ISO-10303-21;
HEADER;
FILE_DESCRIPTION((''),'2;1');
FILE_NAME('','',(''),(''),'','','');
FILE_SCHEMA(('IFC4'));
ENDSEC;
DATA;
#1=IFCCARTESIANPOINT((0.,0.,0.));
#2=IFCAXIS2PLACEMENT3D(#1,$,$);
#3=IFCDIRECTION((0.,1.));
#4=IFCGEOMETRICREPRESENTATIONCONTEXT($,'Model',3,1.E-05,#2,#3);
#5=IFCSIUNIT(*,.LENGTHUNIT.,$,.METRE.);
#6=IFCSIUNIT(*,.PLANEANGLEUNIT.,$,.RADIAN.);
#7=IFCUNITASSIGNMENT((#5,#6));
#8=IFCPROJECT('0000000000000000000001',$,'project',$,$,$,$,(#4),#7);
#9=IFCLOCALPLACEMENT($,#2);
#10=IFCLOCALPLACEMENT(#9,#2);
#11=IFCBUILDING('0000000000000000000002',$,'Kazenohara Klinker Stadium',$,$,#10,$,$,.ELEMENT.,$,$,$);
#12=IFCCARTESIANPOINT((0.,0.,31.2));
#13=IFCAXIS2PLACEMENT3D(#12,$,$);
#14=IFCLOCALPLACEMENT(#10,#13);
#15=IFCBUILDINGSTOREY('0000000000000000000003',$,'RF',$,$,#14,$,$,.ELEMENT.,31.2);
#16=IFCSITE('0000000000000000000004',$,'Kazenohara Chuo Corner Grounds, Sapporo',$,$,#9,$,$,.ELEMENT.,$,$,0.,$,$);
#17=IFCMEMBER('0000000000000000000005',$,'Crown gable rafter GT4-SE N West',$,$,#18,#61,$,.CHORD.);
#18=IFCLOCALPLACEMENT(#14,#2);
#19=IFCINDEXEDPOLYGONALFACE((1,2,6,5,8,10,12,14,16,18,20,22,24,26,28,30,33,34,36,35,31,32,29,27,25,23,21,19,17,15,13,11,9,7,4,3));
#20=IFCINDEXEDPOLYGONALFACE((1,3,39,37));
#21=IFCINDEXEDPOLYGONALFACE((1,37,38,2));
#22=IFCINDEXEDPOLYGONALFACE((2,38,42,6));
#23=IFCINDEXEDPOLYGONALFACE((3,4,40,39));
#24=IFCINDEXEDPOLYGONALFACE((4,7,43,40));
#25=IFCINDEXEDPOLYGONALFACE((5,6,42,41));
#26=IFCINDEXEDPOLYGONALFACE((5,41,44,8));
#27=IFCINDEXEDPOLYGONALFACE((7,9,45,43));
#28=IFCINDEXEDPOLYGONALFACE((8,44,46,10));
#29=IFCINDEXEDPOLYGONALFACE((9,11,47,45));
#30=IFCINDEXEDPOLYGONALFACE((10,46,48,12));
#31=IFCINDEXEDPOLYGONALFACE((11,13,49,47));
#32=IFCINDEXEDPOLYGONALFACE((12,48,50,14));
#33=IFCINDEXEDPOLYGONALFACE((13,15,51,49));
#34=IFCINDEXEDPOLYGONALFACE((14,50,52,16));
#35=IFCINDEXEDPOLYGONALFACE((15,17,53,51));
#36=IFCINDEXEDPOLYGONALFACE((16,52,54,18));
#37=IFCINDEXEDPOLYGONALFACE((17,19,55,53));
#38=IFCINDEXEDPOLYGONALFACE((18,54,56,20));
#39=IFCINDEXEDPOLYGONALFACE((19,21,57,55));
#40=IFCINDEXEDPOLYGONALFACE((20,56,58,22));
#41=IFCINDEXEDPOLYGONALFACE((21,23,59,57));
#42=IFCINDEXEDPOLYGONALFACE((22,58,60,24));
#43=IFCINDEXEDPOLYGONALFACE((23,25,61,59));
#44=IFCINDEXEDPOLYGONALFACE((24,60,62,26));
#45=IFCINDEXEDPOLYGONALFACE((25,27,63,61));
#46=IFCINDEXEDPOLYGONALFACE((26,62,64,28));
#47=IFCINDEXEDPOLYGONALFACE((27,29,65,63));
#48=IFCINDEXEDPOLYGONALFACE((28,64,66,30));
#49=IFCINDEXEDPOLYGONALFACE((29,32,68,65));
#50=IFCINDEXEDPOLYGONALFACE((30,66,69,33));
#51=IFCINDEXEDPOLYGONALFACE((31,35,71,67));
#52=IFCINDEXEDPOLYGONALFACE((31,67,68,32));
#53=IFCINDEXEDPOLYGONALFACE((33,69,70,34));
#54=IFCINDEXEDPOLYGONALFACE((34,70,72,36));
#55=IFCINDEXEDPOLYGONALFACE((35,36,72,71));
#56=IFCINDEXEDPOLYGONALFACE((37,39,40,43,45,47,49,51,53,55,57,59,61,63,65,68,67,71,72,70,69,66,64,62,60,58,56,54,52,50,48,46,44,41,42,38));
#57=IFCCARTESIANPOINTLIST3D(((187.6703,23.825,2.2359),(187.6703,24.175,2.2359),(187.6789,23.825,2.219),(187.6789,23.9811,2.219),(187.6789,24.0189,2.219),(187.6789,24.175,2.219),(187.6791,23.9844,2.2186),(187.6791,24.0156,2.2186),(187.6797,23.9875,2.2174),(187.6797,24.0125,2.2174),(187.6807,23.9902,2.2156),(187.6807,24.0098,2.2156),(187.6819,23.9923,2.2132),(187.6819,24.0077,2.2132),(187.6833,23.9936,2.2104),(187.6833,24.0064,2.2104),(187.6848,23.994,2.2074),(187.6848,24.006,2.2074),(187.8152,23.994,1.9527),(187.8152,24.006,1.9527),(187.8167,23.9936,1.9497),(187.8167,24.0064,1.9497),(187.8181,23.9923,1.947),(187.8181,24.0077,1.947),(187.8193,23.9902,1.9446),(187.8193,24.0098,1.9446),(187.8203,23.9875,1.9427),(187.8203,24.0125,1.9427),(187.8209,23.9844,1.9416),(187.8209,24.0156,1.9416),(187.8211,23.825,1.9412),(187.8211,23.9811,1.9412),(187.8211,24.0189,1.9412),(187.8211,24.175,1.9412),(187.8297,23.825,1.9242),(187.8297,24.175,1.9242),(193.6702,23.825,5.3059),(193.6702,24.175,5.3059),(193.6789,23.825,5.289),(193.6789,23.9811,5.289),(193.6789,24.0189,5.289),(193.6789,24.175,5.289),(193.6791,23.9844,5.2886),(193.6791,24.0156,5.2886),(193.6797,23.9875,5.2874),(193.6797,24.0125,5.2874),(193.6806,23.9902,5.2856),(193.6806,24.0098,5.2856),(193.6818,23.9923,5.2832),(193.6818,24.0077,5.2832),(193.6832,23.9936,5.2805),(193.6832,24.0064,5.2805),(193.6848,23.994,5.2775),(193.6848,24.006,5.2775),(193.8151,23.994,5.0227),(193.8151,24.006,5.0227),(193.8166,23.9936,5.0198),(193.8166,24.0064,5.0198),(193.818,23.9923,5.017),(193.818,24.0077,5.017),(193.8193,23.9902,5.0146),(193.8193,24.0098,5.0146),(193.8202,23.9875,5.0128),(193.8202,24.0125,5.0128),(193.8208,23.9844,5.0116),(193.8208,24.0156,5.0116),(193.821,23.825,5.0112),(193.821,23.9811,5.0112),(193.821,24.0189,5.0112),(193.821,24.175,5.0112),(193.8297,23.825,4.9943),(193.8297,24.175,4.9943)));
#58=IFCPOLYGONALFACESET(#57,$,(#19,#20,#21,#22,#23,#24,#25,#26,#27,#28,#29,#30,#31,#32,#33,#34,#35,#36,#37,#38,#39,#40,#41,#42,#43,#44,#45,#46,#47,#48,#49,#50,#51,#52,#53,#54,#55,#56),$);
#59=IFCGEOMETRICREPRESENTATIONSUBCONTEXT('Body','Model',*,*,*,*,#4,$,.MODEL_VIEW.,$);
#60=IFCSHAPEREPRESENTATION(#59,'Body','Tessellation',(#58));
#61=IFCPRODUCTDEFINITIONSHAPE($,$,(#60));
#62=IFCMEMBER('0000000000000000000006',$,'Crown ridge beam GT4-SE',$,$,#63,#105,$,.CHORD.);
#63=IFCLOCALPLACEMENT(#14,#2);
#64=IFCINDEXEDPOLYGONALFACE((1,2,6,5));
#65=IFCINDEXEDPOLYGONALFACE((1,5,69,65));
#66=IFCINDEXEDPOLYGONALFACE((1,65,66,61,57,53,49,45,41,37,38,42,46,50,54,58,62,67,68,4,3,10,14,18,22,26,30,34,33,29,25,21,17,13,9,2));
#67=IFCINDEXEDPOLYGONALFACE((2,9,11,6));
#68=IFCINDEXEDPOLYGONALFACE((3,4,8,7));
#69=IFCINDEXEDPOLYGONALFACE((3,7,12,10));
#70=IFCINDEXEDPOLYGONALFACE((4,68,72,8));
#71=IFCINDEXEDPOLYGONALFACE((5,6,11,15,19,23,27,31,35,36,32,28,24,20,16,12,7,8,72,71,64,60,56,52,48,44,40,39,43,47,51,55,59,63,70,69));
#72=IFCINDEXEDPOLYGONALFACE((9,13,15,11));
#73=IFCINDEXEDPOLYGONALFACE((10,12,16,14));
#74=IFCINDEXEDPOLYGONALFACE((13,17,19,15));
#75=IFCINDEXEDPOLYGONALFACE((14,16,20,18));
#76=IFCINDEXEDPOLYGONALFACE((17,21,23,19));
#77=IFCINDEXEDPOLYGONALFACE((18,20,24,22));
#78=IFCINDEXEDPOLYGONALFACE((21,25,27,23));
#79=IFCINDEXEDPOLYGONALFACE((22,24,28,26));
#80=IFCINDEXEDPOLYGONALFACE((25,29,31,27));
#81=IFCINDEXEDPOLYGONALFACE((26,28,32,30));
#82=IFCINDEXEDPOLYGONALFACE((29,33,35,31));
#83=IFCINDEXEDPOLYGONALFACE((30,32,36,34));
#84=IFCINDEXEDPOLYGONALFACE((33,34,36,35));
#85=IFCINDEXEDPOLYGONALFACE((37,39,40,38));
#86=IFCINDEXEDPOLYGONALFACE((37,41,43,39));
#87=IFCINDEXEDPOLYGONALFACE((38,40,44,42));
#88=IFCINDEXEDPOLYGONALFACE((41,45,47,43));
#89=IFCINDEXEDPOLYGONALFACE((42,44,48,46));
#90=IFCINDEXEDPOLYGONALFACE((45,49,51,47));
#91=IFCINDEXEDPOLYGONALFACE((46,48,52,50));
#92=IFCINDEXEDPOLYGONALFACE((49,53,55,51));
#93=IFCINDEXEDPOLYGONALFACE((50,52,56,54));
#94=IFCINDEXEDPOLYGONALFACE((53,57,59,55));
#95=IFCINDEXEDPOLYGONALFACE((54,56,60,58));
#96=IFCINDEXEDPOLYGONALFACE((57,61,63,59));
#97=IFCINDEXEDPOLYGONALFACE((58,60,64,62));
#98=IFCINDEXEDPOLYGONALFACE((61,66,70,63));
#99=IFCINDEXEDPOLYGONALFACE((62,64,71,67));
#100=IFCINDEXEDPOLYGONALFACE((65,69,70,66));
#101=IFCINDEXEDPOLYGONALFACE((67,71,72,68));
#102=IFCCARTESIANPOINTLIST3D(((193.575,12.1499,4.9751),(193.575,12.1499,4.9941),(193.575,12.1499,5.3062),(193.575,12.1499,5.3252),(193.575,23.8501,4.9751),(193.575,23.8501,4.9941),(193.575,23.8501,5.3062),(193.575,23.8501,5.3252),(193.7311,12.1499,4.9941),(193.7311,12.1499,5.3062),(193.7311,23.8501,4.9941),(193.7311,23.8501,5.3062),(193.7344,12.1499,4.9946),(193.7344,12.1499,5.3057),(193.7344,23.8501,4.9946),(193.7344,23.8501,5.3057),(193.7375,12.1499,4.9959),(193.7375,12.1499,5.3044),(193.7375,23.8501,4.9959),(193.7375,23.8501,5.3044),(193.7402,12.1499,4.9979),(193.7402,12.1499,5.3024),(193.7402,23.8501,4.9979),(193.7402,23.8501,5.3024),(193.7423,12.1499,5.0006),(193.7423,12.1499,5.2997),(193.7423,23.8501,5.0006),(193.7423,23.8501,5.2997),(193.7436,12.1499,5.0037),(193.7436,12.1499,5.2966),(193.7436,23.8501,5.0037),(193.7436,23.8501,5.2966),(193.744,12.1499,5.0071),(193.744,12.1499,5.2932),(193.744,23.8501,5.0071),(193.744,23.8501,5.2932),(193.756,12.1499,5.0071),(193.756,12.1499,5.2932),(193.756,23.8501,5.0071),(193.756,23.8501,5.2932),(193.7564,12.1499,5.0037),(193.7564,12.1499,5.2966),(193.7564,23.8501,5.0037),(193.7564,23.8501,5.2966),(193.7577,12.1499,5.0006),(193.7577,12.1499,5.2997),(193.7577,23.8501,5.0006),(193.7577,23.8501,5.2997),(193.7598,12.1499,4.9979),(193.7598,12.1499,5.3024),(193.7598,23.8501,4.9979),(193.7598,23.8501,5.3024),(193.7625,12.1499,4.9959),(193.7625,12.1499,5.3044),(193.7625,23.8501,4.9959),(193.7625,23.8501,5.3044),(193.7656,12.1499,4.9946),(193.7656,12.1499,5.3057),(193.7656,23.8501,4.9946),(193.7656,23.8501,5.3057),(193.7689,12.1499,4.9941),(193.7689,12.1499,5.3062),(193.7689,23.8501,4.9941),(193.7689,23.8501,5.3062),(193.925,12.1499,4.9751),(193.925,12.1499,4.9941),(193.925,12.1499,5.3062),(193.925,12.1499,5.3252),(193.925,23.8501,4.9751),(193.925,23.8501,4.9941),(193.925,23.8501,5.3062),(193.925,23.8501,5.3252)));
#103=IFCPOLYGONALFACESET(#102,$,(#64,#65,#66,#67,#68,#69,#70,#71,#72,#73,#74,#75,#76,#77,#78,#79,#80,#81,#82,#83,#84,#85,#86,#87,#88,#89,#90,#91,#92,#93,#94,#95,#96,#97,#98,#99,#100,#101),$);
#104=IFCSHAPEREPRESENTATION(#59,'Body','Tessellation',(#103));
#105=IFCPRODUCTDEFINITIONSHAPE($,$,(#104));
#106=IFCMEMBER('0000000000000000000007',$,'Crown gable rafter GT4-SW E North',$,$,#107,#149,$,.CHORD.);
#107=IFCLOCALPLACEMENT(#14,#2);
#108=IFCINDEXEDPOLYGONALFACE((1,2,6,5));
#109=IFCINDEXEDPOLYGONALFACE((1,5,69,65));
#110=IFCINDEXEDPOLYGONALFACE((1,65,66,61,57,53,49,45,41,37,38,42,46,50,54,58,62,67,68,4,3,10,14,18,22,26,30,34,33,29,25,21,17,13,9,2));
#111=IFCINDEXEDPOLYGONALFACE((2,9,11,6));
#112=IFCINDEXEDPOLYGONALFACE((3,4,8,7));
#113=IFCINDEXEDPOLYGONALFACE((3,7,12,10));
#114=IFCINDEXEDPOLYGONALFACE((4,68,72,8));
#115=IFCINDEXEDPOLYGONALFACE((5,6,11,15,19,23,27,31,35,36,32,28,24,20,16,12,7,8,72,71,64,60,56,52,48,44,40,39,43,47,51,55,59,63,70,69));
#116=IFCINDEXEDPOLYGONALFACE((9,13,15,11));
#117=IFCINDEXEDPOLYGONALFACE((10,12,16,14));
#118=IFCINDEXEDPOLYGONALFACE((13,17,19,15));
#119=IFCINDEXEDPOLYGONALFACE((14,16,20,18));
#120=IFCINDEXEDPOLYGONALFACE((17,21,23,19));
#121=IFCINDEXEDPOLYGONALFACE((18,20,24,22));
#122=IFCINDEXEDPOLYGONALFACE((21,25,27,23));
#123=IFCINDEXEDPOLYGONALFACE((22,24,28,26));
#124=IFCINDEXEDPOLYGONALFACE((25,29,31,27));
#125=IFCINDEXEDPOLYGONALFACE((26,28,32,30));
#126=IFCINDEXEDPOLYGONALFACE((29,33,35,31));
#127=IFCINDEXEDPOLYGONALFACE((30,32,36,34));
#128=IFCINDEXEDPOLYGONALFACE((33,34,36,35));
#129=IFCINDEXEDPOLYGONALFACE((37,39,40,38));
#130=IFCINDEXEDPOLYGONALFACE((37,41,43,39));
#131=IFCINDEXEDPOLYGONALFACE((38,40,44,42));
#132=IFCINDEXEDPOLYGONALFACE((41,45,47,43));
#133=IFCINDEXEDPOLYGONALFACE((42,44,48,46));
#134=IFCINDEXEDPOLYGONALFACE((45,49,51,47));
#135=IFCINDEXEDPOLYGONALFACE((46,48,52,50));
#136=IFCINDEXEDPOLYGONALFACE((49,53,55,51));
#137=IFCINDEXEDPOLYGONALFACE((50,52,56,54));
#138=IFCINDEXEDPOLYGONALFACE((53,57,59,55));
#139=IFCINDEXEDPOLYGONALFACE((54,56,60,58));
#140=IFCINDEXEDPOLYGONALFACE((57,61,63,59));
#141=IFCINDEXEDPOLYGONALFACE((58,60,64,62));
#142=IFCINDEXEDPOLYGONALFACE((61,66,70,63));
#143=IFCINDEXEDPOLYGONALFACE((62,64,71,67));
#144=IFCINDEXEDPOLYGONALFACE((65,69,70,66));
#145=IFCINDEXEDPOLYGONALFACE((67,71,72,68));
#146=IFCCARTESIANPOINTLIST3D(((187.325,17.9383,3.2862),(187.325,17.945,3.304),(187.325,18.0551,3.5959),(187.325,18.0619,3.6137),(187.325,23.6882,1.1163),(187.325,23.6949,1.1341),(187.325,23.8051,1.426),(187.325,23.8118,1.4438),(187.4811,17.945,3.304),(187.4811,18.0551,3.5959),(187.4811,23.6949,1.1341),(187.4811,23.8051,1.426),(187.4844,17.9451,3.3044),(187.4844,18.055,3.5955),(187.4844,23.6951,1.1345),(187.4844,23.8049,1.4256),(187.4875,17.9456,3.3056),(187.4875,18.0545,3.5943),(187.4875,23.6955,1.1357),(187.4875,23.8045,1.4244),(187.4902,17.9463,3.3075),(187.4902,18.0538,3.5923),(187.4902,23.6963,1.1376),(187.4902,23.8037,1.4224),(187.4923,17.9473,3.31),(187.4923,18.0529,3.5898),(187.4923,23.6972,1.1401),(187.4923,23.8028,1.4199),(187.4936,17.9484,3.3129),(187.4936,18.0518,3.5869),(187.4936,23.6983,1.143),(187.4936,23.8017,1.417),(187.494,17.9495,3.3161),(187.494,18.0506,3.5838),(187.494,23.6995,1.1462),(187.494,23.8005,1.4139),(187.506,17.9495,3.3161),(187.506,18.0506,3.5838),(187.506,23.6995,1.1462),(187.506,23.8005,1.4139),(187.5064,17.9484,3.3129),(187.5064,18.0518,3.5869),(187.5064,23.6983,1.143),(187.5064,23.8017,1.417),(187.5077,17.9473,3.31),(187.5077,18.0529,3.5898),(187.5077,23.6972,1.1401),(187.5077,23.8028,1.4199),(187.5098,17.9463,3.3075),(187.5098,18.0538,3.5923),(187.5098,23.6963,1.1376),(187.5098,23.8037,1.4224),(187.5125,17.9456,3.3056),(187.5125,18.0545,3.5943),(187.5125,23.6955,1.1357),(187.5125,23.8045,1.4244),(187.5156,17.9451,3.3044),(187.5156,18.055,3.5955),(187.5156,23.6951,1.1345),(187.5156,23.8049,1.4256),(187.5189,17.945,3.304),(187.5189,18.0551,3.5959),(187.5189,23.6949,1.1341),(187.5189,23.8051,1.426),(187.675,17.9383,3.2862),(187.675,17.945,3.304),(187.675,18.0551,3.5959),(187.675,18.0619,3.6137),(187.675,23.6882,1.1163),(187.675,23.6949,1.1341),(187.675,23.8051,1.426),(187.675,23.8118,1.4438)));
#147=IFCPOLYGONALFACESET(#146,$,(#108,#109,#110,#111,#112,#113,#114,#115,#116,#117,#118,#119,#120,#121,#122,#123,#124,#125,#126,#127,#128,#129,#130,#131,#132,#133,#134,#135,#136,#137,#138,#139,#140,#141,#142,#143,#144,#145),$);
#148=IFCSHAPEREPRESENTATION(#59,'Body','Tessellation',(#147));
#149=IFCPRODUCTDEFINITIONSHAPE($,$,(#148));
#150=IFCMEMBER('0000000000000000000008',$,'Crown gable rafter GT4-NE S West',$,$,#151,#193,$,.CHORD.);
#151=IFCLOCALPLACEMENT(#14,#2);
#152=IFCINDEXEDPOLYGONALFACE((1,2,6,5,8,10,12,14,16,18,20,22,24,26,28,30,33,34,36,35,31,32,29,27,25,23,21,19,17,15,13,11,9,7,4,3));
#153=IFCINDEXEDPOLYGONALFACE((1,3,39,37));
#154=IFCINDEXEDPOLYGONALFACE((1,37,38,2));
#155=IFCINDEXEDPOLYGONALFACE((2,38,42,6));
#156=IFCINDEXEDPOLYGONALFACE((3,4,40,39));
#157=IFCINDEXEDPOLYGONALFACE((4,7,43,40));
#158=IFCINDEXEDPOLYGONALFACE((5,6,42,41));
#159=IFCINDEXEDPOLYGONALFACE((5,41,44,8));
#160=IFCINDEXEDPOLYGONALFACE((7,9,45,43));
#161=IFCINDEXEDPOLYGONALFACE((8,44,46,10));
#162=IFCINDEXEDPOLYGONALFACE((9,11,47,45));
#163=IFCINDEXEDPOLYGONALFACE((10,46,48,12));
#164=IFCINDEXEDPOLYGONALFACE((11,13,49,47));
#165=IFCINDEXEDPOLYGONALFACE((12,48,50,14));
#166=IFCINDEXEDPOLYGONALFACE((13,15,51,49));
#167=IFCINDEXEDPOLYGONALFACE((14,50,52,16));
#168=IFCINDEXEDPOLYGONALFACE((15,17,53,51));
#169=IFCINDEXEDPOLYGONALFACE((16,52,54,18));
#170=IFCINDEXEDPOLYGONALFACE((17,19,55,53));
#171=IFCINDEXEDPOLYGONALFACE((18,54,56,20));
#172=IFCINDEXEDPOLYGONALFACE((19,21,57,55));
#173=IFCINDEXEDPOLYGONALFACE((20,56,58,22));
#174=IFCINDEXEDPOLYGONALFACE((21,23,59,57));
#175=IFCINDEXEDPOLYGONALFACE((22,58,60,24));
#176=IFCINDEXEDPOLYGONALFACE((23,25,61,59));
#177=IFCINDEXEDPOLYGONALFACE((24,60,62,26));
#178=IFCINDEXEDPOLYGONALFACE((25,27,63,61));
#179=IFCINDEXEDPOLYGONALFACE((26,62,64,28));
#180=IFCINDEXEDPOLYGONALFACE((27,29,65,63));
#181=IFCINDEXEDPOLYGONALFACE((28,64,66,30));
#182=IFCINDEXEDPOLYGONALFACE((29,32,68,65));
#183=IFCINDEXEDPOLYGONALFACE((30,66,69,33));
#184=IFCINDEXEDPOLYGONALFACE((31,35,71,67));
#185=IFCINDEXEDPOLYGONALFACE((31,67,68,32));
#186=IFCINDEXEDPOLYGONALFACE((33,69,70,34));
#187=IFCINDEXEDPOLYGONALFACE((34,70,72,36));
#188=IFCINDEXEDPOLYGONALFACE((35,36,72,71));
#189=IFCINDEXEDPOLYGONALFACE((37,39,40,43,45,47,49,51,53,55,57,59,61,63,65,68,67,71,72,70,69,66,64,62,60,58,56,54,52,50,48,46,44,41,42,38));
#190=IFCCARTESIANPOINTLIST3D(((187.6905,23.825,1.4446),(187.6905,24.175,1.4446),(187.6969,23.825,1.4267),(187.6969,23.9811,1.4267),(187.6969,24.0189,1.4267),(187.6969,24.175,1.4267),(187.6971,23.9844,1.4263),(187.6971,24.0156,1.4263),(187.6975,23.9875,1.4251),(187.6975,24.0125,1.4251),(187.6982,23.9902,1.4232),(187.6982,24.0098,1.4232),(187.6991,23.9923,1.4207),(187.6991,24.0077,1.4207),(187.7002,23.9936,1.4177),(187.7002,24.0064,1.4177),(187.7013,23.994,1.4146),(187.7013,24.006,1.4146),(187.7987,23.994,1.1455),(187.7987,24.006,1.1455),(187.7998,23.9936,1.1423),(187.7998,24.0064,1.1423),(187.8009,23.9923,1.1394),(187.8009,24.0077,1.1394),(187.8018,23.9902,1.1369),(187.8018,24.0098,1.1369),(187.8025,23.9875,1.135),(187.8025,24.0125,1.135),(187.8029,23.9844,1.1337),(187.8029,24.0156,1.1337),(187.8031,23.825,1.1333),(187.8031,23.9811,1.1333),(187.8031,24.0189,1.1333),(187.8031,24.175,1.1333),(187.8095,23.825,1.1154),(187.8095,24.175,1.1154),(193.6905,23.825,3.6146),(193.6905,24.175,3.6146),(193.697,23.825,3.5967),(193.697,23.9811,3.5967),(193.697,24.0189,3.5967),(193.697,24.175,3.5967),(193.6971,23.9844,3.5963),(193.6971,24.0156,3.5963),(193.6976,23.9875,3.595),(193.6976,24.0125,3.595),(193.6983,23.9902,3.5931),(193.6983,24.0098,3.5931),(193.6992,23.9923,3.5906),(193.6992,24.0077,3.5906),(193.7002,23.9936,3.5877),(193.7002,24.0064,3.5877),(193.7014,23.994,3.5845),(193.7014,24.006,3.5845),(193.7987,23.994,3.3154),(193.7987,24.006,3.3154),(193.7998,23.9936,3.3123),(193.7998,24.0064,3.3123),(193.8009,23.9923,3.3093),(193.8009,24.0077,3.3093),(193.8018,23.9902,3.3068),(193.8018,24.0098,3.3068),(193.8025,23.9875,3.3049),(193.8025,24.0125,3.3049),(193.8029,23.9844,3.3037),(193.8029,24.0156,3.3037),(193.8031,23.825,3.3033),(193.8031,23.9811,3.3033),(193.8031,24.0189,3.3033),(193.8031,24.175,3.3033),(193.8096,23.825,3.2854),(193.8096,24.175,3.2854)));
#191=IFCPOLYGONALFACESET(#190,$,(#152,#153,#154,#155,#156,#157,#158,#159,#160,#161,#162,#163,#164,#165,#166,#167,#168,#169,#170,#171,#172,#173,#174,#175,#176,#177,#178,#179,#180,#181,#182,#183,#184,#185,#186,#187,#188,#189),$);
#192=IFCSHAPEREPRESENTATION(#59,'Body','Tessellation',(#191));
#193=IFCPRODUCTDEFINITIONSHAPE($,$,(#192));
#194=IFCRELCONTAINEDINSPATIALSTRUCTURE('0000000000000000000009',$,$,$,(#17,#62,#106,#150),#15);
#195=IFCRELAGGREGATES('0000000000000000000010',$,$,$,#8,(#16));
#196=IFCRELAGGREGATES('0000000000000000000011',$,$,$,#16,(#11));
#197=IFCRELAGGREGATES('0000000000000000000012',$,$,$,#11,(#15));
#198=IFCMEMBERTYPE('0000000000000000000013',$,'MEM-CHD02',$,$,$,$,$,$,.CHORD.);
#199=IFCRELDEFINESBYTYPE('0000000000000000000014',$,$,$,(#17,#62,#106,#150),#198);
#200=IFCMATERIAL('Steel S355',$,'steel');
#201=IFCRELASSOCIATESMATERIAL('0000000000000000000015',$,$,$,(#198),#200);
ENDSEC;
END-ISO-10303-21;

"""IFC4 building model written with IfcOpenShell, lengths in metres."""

from ifc_helpers import new_model, si_unit, direction, frame, origin, origin_2d, place, context, subcontext, project, spatial, i_section, extrude, material, material_profile, profile_set, type_object, element, save


model = new_model("IFC4")

# Units and contexts
model_context = context("Model", 3, precision=1e-05, world=origin(), true_north=direction((0.0, 1.0)))
body_context = subcontext(model_context, "Body", "Model", "MODEL_VIEW")
ifc_project = project(units=[si_unit("LENGTHUNIT", "METRE"), si_unit("PLANEANGLEUNIT", "RADIAN")], contexts=[model_context])

# Site, building, storey
site_placement = place(None, origin())
site = spatial("IfcSite", under=ifc_project, at=site_placement, Name="Kazenohara Chuo Corner Grounds, Sapporo", CompositionType="ELEMENT", RefElevation=0.0)
building_placement = place(site_placement, origin())
building = spatial("IfcBuilding", under=site, at=building_placement, Name="Kazenohara Klinker Stadium", CompositionType="ELEMENT")
storey_placement = place(building_placement, frame((0.0, 0.0, 31.2)))
storey = spatial("IfcBuildingStorey", under=building, at=storey_placement, Name="RF", CompositionType="ELEMENT", Elevation=31.2)

# Members
ifc_material_1 = material(Name="Steel S355", Category="steel")
ifc_material_profile_1 = material_profile(ifc_material_1, i_section(OverallWidth=0.3501, OverallDepth=0.3501, WebThickness=0.012, FlangeThickness=0.019, FilletRadius=0.0129, at=origin_2d()), Name="H-350x350x12x19")
ifc_profile_set_1 = profile_set([ifc_material_profile_1], Name="Steel S355")
member_type_1 = type_object("IfcMemberType", Name="MEM-CHD02", PredefinedType="CHORD", material=ifc_profile_set_1)
for number, where, z_axis, x_axis, name in (
    (1, (187.75, 24.0, 2.0801), (0.89023, 0.0, 0.455511), (0.0, 1.0, 0.0), "Crown gable rafter GT4-SE N West"),
):
    element("IfcMember", number, at=place(storey_placement, frame(where, z_axis=z_axis, x_axis=x_axis)), inside=storey, type_object=member_type_1, Name=name, PredefinedType="CHORD", context=body_context, shape_type="SweptSolid", body=[
        extrude(i_section(OverallWidth=0.3501, OverallDepth=0.3501, WebThickness=0.012, FlangeThickness=0.019, FilletRadius=0.0129, at=origin_2d()), origin(), (0.0, 0.0, 1.0), 6.7397),
    ])
member_1_placement = place(storey_placement, frame((193.75, 12.1499, 5.1501), z_axis=(0.0, 1.0, 0.0), x_axis=(-1.0, 0.0, 0.0)))
element("IfcMember", 2, at=member_1_placement, inside=storey, type_object=member_type_1, Name="Crown ridge beam GT4-SE", PredefinedType="CHORD", context=body_context, shape_type="SweptSolid", body=[
    extrude(i_section(OverallWidth=0.3501, OverallDepth=0.3501, WebThickness=0.012, FlangeThickness=0.019, FilletRadius=0.0129, at=origin_2d()), origin(), (0.0, 0.0, 1.0), 11.7002),
])
member_2_placement = place(storey_placement, frame((187.5, 23.75, 1.28), z_axis=(0.0, -0.935596, 0.353073), x_axis=(1.0, 0.0, 0.0)))
element("IfcMember", 3, at=member_2_placement, inside=storey, type_object=member_type_1, Name="Crown gable rafter GT4-SW E North", PredefinedType="CHORD", context=body_context, shape_type="SweptSolid", body=[
    extrude(i_section(OverallWidth=0.3501, OverallDepth=0.3501, WebThickness=0.012, FlangeThickness=0.019, FilletRadius=0.0129, at=origin_2d()), origin(), (0.0, 0.0, 1.0), 6.1458),
])
member_3_placement = place(storey_placement, frame((187.75, 24.0, 1.28), z_axis=(0.940391, 0.0, 0.340096), x_axis=(0.0, 1.0, 0.0)))
element("IfcMember", 4, at=member_3_placement, inside=storey, type_object=member_type_1, Name="Crown gable rafter GT4-NE S West", PredefinedType="CHORD", context=body_context, shape_type="SweptSolid", body=[
    extrude(i_section(OverallWidth=0.3501, OverallDepth=0.3501, WebThickness=0.012, FlangeThickness=0.019, FilletRadius=0.0129, at=origin_2d()), origin(), (0.0, 0.0, 1.0), 6.3804),
])

save(model, "model.ifc")
